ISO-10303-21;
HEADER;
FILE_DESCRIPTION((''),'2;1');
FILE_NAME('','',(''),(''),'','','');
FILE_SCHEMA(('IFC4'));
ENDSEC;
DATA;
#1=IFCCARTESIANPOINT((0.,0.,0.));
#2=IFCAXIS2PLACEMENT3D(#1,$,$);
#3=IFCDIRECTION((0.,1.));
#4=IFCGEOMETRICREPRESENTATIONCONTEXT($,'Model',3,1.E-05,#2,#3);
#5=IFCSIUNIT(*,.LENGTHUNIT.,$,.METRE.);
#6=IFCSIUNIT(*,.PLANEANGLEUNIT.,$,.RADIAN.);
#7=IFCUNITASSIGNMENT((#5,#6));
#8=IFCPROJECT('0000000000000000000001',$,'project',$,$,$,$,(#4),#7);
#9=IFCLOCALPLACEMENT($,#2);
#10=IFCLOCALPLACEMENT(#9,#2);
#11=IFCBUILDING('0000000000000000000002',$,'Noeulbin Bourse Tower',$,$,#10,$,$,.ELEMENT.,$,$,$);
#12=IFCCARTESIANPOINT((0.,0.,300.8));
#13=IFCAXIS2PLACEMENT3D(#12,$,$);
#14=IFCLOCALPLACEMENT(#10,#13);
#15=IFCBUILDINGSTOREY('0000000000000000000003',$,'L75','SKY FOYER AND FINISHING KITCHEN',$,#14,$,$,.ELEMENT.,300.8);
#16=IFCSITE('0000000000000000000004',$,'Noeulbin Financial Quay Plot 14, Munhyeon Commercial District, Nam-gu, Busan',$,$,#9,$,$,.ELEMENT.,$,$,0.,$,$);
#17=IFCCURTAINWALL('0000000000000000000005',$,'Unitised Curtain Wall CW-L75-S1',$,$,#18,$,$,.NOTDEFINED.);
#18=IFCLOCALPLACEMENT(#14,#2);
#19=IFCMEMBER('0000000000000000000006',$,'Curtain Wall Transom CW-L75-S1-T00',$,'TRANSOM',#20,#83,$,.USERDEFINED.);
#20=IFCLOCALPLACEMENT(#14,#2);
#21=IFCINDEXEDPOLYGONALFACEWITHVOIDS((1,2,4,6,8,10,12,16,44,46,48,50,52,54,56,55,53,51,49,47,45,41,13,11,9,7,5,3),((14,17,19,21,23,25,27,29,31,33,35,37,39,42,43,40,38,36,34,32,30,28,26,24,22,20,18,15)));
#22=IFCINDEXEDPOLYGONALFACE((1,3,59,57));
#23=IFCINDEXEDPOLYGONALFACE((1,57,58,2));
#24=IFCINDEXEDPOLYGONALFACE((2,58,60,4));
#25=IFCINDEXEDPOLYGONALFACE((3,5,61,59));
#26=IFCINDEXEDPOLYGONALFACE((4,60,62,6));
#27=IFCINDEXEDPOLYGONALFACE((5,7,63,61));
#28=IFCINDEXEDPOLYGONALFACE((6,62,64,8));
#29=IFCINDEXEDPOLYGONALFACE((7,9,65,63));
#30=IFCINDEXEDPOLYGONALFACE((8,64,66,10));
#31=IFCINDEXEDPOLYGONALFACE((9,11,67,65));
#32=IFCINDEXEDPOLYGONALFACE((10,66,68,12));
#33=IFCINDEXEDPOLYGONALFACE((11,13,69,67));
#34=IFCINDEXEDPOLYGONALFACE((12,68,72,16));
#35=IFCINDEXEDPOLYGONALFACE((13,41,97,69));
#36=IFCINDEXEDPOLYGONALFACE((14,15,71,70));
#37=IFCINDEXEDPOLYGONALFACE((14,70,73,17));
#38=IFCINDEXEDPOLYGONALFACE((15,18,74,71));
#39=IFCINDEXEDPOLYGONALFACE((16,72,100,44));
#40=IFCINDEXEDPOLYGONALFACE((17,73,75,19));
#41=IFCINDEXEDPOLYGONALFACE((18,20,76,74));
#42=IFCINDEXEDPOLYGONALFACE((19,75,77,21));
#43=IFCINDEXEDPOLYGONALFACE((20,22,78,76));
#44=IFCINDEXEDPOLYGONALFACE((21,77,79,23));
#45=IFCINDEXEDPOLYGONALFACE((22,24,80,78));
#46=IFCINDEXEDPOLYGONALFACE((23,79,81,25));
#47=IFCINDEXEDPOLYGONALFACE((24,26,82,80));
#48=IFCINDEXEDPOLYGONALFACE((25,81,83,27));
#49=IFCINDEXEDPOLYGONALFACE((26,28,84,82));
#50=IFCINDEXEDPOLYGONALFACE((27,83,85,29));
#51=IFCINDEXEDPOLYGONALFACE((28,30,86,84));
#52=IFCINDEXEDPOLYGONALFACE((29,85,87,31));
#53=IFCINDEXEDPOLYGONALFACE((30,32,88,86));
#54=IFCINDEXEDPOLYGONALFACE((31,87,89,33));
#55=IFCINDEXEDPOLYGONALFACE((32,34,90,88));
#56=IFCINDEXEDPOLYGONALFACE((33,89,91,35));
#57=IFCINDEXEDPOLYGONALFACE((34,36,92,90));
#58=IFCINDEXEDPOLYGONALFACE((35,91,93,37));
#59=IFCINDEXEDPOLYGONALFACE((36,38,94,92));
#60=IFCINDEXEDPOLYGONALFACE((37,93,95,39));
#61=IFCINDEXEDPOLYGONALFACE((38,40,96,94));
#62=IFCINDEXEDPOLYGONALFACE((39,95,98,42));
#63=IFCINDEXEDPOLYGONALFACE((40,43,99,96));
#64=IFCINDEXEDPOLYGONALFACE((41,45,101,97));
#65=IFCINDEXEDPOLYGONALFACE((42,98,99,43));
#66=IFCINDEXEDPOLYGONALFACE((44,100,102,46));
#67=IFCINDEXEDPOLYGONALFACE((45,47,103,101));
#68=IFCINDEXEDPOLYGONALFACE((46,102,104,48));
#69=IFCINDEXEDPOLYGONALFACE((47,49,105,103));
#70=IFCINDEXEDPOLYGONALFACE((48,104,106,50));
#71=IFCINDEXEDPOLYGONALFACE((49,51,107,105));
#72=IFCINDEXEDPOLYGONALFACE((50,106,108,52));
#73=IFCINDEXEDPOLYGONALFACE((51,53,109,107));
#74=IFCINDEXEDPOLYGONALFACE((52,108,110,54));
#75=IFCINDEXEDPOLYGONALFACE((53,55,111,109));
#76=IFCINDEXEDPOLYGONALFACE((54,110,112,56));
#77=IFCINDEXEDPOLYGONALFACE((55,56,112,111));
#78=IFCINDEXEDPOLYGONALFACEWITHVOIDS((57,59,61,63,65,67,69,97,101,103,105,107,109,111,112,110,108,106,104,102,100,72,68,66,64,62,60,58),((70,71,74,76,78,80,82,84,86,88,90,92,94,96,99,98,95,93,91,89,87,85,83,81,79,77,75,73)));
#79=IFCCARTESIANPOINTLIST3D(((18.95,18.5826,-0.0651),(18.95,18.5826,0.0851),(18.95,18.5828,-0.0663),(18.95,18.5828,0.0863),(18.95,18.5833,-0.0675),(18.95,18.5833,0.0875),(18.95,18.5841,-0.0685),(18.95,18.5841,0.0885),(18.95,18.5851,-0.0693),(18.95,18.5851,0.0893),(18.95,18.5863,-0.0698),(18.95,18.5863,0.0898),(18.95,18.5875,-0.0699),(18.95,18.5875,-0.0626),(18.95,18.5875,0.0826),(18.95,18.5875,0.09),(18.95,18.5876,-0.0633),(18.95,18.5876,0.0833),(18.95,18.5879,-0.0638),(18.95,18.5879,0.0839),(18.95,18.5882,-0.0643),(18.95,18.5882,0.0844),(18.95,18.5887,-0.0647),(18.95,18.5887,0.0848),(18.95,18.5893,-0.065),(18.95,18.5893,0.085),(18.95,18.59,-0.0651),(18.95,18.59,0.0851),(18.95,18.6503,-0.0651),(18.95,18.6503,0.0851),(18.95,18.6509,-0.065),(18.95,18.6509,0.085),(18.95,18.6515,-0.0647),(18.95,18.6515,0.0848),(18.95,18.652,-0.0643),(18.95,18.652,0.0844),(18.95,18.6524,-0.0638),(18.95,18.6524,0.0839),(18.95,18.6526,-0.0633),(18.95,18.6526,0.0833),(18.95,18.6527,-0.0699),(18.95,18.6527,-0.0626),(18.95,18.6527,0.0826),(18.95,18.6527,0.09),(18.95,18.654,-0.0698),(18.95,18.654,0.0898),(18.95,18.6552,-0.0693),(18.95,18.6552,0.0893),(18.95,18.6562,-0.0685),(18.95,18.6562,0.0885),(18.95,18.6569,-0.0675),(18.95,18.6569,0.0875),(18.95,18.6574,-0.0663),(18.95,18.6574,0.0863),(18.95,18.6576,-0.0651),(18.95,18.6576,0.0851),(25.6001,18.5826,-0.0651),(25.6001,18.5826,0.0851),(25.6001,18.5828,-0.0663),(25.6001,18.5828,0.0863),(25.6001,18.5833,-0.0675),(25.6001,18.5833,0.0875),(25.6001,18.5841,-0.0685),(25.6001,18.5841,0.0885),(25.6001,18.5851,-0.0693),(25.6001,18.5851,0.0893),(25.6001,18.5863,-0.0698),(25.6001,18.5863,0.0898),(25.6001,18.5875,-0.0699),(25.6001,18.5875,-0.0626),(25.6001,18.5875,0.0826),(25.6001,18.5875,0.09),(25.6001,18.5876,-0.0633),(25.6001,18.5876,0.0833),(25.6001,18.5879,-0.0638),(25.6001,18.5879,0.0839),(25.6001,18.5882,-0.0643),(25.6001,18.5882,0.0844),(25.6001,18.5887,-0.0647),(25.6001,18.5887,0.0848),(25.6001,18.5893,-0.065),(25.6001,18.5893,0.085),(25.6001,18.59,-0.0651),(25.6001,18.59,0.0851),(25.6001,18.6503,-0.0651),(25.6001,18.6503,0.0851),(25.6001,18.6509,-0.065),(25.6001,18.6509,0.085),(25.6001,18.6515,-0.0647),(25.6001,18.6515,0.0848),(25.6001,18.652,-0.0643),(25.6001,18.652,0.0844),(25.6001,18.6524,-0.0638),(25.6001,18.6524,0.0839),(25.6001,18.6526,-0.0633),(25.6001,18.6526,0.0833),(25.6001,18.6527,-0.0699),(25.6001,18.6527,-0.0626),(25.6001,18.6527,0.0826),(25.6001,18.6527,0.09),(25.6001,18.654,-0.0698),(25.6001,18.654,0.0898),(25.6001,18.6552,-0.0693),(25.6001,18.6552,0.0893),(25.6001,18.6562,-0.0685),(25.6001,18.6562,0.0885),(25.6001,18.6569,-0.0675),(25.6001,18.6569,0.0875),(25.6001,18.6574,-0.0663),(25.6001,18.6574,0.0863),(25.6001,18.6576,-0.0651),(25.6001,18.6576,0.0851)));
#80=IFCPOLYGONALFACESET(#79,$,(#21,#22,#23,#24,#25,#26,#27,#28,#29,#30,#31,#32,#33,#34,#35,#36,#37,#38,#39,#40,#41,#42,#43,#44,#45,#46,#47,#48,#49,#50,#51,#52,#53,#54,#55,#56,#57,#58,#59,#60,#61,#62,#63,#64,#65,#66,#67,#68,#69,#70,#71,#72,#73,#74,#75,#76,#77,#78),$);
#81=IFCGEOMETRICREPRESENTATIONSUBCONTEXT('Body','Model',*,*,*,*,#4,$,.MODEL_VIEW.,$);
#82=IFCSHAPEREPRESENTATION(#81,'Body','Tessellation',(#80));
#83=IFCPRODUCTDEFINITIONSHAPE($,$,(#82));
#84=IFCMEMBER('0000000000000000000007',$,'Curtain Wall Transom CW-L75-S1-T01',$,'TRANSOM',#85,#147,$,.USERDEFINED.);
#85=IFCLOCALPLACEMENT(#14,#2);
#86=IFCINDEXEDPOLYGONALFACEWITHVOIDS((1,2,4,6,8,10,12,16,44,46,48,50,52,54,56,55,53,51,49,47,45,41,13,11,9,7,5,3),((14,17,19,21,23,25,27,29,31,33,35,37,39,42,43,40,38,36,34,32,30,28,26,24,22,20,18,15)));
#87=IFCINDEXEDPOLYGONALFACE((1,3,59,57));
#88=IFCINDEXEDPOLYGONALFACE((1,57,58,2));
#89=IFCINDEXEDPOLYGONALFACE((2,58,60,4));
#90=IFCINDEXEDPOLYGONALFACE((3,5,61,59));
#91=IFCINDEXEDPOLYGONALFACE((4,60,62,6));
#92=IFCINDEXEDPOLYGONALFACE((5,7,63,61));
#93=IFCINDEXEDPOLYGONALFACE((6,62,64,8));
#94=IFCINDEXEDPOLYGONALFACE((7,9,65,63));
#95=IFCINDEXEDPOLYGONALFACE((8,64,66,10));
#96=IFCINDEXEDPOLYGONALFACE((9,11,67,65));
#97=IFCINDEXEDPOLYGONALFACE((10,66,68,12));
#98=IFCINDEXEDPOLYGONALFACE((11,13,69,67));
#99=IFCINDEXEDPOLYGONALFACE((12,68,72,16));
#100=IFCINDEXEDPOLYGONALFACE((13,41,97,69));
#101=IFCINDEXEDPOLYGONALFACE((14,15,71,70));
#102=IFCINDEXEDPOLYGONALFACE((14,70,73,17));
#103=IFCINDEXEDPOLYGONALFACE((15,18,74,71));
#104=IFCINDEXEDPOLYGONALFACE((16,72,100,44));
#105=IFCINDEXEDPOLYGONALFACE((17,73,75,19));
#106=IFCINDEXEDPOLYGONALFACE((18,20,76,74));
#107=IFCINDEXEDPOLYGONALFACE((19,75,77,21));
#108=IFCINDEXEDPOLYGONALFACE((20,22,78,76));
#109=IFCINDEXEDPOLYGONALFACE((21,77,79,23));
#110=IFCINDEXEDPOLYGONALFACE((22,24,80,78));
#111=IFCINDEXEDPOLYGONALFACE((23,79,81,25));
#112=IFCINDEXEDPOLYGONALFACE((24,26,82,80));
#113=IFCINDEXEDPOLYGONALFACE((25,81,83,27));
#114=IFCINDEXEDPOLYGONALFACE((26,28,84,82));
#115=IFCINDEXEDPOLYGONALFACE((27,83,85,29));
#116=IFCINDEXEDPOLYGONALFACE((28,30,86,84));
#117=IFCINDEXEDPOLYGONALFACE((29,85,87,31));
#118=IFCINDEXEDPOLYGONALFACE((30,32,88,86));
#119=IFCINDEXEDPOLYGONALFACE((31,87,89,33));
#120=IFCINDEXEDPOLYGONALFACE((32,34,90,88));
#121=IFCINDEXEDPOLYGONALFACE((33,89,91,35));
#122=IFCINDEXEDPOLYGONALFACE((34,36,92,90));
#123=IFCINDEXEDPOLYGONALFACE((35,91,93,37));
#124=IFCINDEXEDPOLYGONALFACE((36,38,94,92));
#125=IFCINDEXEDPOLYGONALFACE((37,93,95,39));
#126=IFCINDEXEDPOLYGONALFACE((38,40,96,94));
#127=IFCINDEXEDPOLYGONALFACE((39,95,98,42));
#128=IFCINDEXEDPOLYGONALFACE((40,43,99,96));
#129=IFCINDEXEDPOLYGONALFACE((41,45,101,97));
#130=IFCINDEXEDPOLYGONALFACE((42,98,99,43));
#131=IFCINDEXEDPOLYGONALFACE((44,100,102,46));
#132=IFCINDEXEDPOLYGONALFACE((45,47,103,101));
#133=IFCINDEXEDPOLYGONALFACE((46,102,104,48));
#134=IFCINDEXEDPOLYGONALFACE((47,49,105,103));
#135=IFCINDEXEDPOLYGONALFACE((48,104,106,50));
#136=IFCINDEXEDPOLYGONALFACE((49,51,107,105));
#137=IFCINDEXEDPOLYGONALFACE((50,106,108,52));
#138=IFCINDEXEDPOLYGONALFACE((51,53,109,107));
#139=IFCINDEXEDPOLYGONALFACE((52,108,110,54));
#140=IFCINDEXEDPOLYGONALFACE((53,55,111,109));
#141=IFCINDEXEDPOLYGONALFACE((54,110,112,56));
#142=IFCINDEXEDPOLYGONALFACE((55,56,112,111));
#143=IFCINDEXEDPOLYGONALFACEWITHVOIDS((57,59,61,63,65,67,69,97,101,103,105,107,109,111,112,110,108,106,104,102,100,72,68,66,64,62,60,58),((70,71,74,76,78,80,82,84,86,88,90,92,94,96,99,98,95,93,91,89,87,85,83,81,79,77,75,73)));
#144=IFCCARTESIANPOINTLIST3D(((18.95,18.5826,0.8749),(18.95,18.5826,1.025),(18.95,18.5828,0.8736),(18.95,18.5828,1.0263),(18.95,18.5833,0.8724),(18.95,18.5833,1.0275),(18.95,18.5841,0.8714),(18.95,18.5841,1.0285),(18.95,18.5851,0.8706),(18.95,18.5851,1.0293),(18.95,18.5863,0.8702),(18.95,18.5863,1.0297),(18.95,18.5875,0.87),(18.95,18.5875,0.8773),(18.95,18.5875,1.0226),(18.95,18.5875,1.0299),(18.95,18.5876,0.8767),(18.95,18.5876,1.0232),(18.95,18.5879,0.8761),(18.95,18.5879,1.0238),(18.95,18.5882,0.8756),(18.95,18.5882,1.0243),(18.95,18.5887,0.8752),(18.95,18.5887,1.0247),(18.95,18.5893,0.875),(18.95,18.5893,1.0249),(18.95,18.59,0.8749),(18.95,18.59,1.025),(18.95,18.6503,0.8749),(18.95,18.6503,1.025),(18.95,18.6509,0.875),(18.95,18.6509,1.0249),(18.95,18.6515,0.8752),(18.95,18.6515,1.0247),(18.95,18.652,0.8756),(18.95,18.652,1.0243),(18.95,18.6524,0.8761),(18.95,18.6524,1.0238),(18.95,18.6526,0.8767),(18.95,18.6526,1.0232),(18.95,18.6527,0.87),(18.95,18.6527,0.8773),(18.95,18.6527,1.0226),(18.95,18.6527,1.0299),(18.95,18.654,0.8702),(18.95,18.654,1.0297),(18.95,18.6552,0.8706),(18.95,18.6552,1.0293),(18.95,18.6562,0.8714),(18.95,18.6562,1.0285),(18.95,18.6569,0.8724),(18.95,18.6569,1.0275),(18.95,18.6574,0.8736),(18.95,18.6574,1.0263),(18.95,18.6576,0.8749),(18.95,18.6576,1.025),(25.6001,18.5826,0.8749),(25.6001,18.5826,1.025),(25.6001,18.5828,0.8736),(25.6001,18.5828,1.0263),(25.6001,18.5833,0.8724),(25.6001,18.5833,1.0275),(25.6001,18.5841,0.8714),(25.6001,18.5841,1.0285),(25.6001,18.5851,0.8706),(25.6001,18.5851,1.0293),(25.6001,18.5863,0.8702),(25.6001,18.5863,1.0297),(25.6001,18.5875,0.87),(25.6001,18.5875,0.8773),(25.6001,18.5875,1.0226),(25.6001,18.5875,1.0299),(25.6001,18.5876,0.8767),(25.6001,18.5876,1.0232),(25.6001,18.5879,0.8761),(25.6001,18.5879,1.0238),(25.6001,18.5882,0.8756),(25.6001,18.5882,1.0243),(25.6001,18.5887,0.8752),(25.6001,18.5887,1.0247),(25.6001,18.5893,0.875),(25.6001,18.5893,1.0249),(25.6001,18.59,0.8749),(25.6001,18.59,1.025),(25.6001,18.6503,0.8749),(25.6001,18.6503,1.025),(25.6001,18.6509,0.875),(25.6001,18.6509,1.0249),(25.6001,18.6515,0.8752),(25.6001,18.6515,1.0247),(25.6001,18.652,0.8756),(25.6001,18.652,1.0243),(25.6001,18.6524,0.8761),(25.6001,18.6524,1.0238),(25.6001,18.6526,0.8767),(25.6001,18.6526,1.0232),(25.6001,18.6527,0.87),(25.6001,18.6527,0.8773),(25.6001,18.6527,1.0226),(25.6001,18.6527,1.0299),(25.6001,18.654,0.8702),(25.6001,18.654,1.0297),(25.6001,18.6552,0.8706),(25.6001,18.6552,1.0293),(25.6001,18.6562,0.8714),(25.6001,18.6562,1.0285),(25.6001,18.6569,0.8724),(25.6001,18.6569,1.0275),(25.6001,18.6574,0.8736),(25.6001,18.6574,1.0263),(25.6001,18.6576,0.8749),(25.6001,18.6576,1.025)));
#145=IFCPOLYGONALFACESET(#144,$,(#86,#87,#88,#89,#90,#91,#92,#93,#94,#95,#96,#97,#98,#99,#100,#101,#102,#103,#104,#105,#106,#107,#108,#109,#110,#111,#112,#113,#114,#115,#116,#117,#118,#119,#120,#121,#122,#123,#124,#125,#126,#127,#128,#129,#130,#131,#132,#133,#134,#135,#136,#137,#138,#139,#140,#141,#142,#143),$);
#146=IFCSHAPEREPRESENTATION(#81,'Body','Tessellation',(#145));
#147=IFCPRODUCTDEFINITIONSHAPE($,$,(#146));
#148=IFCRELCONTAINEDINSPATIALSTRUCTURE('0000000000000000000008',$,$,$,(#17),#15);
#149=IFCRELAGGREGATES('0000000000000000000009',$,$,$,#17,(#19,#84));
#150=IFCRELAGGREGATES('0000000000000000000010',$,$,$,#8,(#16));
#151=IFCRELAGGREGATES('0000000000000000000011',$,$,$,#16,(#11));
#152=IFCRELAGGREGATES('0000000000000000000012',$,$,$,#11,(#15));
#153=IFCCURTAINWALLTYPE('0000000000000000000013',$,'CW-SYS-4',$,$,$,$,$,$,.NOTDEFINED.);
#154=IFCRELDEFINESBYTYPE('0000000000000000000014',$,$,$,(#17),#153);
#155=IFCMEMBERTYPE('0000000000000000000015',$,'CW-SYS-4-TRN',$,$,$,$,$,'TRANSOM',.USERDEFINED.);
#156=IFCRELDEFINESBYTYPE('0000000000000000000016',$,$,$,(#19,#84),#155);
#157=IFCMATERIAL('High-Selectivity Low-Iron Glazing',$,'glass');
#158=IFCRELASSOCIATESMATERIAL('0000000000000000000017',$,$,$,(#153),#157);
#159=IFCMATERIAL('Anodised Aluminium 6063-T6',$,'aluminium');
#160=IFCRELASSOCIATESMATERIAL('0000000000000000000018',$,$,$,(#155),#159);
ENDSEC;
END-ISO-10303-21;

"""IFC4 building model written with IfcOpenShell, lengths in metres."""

from ifc_helpers import new_model, si_unit, direction, frame, origin, origin_2d, place, context, subcontext, project, spatial, hollow_rectangle, extrude, material, material_profile, profile_set, type_object, element, aggregate, save


model = new_model("IFC4")

# Units and contexts
model_context = context("Model", 3, precision=1e-05, world=origin(), true_north=direction((0.0, 1.0)))
body_context = subcontext(model_context, "Body", "Model", "MODEL_VIEW")
ifc_project = project(units=[si_unit("LENGTHUNIT", "METRE"), si_unit("PLANEANGLEUNIT", "RADIAN")], contexts=[model_context])

# Site, building, storey
site_placement = place(None, origin())
site = spatial("IfcSite", under=ifc_project, at=site_placement, Name="Noeulbin Financial Quay Plot 14, Munhyeon Commercial District, Nam-gu, Busan", CompositionType="ELEMENT", RefElevation=0.0)
building_placement = place(site_placement, origin())
building = spatial("IfcBuilding", under=site, at=building_placement, Name="Noeulbin Bourse Tower", CompositionType="ELEMENT")
storey_placement = place(building_placement, frame((0.0, 0.0, 300.8)))
storey = spatial("IfcBuildingStorey", under=building, at=storey_placement, Name="L75", Description="SKY FOYER AND FINISHING KITCHEN", CompositionType="ELEMENT", Elevation=300.8)

# Curtain wall, members
ifc_material_1 = material(Name="High-Selectivity Low-Iron Glazing", Category="glass")
curtain_wall_type = type_object("IfcCurtainWallType", Name="CW-SYS-4", PredefinedType="NOTDEFINED", material=ifc_material_1)
curtain_wall_placement = place(storey_placement, origin())
curtain_wall = element("IfcCurtainWall", 1, at=curtain_wall_placement, inside=storey, type_object=curtain_wall_type, Name="Unitised Curtain Wall CW-L75-S1", PredefinedType="NOTDEFINED")
ifc_material_2 = material(Name="Anodised Aluminium 6063-T6", Category="aluminium")
ifc_material_profile_1 = material_profile(ifc_material_2, hollow_rectangle(XDim=0.075, YDim=0.1599, WallThickness=0.0049, InnerFilletRadius=0.0024, OuterFilletRadius=0.0049, at=origin_2d()), Name="ALU-TRAN-75x160x5", Category="LoadBearing")
ifc_profile_set_1 = profile_set([ifc_material_profile_1], Name="Anodised Aluminium 6063-T6")
member_type_1 = type_object("IfcMemberType", Name="CW-SYS-4-TRN", ElementType="TRANSOM", PredefinedType="USERDEFINED", material=ifc_profile_set_1)
member_1_placement = place(storey_placement, frame((18.95, 18.6201, 0.01), z_axis=(1.0, 0.0, 0.0), x_axis=(0.0, 1.0, 0.0)))
member_1 = element("IfcMember", 2, at=member_1_placement, type_object=member_type_1, Name="Curtain Wall Transom CW-L75-S1-T00", ObjectType="TRANSOM", PredefinedType="USERDEFINED", context=body_context, shape_type="SweptSolid", body=[
    extrude(hollow_rectangle(XDim=0.075, YDim=0.1599, WallThickness=0.0049, InnerFilletRadius=0.0024, OuterFilletRadius=0.0049, at=origin_2d()), origin(), (0.0, 0.0, 1.0), 6.6501),
])
member_2_placement = place(storey_placement, frame((18.95, 18.6201, 0.95), z_axis=(1.0, 0.0, 0.0), x_axis=(0.0, 1.0, 0.0)))
member_2 = element("IfcMember", 3, at=member_2_placement, type_object=member_type_1, Name="Curtain Wall Transom CW-L75-S1-T01", ObjectType="TRANSOM", PredefinedType="USERDEFINED", context=body_context, shape_type="SweptSolid", body=[
    extrude(hollow_rectangle(XDim=0.075, YDim=0.1599, WallThickness=0.0049, InnerFilletRadius=0.0024, OuterFilletRadius=0.0049, at=origin_2d()), origin(), (0.0, 0.0, 1.0), 6.6501),
])
aggregate(curtain_wall, [member_1, member_2])

save(model, "model.ifc")
